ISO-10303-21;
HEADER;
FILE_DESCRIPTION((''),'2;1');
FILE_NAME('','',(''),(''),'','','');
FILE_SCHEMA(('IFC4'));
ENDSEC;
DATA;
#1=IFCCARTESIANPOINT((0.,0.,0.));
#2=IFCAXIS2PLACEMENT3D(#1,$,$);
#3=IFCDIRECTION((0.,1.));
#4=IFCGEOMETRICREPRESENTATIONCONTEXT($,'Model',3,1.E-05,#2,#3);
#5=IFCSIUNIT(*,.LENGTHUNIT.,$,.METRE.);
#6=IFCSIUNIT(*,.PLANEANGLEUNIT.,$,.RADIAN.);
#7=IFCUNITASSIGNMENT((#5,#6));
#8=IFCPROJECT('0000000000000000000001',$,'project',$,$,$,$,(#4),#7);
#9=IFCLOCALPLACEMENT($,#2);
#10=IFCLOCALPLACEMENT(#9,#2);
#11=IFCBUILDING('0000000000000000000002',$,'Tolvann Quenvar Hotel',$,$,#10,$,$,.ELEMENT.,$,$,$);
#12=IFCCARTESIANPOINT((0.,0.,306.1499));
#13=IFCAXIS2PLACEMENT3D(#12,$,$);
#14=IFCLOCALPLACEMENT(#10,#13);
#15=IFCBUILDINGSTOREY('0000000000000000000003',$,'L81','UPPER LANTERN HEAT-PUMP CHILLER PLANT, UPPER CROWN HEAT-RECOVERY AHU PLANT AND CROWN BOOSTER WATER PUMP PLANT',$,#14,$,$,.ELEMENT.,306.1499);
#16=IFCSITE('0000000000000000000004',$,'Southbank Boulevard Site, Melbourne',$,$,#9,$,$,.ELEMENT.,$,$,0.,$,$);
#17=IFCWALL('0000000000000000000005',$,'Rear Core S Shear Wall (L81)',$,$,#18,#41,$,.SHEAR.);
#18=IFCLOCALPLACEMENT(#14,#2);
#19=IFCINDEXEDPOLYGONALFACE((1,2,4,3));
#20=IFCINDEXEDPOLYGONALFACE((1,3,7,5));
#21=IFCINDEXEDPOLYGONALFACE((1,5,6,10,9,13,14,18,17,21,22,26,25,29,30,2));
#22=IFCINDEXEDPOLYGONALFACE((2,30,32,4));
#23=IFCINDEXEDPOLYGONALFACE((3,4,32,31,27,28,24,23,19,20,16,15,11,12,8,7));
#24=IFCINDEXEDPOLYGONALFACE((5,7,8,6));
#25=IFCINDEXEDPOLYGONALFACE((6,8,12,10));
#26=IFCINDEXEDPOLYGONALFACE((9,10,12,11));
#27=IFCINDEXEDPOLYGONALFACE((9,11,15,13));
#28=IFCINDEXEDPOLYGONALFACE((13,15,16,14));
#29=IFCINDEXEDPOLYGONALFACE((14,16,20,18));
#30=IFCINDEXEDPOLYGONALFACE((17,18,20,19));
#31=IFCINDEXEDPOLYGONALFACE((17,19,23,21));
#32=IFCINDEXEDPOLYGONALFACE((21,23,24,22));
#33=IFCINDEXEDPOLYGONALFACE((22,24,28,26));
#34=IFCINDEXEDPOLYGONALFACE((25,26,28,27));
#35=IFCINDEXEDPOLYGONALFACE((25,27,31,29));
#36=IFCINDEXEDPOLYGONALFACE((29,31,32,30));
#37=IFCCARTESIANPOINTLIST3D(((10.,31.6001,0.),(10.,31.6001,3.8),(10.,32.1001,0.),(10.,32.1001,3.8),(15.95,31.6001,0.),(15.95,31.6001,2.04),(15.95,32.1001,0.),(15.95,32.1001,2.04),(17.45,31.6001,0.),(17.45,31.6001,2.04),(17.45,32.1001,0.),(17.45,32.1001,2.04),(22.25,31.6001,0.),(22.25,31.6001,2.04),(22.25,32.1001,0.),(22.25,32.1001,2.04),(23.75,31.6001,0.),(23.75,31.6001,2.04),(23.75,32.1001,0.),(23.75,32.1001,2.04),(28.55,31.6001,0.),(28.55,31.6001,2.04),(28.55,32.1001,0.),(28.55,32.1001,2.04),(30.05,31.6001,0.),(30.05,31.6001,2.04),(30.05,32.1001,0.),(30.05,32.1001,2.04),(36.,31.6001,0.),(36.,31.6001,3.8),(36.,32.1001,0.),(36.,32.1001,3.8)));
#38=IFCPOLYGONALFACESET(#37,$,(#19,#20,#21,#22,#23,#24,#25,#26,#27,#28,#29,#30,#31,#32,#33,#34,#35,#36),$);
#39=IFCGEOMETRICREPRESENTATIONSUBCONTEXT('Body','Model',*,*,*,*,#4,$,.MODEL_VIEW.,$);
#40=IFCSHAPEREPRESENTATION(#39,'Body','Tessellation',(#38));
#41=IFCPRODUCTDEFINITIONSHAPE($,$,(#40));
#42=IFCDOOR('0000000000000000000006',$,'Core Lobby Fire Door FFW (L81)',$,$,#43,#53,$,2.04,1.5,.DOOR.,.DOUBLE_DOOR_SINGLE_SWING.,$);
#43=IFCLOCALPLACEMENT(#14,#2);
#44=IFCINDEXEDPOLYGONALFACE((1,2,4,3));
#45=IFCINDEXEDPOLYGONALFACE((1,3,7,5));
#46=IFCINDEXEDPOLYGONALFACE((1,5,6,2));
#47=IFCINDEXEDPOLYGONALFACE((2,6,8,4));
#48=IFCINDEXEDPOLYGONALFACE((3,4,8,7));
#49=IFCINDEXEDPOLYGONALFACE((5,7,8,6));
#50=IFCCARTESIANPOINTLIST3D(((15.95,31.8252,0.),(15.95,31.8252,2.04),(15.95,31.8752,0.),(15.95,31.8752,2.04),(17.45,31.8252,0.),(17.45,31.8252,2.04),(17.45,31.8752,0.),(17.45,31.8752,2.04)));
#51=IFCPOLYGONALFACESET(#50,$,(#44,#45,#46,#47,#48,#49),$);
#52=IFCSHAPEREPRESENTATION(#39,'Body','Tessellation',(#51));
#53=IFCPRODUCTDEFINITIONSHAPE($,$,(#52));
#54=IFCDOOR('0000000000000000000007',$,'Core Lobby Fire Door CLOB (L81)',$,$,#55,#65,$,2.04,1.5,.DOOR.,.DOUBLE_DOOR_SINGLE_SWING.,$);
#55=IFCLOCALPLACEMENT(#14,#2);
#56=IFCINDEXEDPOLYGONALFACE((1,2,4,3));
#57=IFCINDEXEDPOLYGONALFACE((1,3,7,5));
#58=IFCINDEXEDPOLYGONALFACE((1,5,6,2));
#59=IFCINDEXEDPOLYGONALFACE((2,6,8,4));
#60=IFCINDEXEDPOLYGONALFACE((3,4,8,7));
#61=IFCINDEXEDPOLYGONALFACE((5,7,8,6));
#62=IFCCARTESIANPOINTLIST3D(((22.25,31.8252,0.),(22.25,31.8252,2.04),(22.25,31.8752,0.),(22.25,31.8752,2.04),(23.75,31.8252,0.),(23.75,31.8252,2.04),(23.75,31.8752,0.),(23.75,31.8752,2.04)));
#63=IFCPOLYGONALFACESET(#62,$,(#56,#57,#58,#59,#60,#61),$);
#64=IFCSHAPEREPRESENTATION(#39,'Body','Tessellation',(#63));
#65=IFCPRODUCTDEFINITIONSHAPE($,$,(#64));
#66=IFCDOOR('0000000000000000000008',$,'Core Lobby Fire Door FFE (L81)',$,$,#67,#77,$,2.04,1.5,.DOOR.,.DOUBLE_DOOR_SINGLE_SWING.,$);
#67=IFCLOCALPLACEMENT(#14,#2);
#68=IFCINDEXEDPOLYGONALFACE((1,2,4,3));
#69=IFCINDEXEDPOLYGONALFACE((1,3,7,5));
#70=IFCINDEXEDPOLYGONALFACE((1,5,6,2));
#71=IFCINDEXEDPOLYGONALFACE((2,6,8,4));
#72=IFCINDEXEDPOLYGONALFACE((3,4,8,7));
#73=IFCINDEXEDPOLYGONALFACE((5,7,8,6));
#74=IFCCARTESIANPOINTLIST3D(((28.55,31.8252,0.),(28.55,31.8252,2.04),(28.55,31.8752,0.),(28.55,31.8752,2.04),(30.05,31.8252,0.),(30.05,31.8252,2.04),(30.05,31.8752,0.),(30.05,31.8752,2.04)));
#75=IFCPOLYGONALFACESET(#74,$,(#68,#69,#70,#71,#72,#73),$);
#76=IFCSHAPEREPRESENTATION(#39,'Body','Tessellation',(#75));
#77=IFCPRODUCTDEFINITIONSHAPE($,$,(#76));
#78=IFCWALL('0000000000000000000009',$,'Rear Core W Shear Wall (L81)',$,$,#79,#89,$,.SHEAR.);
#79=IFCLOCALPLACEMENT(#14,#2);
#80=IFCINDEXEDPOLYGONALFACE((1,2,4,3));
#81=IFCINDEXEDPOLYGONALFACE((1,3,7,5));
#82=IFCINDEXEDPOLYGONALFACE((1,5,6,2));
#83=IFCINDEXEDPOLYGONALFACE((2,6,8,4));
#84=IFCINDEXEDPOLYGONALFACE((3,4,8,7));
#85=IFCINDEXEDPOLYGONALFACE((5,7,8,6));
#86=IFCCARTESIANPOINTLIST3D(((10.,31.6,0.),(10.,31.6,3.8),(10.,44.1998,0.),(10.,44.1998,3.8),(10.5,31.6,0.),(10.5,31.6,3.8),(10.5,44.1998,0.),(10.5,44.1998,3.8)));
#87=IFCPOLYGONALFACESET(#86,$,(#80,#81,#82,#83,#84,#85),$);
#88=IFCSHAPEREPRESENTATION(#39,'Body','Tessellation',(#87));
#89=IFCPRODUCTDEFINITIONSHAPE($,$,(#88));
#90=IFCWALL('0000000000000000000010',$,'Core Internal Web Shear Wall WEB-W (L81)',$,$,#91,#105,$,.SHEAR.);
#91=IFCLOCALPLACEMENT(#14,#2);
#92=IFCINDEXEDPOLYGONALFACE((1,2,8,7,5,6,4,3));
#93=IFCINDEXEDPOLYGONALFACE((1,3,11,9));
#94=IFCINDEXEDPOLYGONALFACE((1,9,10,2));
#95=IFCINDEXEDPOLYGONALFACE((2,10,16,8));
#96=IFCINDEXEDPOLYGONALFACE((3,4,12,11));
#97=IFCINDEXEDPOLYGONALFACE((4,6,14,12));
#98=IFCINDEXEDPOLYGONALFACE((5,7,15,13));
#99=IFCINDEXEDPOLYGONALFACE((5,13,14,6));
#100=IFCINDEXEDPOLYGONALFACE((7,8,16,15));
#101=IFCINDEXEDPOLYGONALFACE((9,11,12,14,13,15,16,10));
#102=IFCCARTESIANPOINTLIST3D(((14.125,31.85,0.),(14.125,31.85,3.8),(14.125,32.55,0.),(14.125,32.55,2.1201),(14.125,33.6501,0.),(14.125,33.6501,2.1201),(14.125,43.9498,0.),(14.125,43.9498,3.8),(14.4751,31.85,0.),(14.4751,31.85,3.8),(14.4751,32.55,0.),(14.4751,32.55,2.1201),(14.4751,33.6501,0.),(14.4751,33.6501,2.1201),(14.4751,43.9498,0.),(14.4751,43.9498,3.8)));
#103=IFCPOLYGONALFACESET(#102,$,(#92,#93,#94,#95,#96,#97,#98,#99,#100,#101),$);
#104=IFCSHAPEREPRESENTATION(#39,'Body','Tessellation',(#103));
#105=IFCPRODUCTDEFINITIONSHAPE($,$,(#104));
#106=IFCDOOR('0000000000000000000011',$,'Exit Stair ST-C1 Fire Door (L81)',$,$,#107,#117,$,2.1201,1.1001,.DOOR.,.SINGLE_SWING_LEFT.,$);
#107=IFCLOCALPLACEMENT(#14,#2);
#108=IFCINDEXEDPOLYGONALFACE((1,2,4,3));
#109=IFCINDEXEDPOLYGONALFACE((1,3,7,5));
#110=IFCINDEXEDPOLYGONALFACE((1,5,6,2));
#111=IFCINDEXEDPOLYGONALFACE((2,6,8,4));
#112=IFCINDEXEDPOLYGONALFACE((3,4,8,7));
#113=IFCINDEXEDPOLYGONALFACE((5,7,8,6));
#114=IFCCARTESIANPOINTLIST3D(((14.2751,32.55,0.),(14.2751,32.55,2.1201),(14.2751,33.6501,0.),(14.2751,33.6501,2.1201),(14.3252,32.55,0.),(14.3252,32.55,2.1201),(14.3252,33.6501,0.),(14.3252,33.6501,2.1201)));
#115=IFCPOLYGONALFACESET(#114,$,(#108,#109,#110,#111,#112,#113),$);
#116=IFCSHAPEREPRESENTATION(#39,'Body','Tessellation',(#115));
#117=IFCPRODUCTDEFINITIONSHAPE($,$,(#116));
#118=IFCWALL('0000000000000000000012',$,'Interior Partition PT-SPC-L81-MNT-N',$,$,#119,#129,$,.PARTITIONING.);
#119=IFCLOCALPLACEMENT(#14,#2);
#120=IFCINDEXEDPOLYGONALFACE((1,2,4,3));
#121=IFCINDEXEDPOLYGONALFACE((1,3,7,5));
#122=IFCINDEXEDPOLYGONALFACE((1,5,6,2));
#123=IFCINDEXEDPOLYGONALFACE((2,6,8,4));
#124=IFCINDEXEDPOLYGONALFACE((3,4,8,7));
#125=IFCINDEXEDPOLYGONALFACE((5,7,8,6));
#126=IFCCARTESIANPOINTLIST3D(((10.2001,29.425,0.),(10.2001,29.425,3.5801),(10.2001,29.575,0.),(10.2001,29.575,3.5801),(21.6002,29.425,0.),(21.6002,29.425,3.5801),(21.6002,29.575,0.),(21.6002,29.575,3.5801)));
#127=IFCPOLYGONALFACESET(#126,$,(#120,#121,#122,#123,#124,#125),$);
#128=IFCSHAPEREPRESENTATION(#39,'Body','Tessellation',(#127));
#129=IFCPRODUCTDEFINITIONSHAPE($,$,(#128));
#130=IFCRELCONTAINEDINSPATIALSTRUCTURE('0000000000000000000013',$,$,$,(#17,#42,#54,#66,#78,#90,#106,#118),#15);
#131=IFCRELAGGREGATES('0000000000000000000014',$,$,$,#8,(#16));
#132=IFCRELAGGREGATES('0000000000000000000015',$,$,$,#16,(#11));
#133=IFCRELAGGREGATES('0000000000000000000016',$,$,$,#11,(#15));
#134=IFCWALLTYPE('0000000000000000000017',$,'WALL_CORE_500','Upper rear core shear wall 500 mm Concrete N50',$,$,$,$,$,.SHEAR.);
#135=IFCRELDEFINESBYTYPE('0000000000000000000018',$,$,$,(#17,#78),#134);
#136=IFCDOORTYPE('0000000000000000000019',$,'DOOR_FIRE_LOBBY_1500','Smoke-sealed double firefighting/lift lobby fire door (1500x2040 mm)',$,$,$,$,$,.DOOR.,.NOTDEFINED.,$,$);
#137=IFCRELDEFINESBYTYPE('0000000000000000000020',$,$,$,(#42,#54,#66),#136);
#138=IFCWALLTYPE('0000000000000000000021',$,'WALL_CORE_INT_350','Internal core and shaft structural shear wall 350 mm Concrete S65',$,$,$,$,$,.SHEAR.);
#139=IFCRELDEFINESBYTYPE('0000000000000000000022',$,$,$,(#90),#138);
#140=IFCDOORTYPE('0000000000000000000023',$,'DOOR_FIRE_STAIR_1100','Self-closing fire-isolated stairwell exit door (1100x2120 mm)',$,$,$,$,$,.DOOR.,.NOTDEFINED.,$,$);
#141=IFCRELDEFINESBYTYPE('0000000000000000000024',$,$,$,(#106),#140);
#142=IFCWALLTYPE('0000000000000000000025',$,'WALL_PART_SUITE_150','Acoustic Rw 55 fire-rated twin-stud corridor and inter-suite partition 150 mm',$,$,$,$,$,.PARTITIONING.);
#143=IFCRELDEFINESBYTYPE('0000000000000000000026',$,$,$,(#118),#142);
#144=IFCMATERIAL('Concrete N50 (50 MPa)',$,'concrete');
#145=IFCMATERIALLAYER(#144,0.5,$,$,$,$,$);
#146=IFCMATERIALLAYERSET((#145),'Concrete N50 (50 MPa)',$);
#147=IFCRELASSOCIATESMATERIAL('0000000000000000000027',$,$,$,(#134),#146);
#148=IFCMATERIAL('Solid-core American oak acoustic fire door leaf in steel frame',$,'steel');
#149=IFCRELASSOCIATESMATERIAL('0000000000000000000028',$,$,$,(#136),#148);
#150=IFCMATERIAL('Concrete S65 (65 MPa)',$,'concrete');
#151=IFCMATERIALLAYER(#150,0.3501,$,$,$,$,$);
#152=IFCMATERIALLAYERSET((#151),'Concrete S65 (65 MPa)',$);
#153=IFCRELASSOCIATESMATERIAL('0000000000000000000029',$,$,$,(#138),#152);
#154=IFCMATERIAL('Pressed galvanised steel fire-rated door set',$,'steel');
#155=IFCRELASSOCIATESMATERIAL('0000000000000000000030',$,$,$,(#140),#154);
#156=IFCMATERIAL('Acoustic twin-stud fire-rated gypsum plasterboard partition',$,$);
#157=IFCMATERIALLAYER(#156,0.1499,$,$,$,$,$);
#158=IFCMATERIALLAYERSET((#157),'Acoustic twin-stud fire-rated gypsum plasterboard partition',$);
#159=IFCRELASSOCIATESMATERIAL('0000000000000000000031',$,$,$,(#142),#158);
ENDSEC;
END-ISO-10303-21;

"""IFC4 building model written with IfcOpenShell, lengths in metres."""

from ifc_helpers import new_model, si_unit, direction, frame, frame_2d, origin, place, context, subcontext, project, spatial, rectangle, extrude, source, transform, mapped, material, layer, layer_set, type_object, type_shapes, element, fill, save


model = new_model("IFC4")

# Units and contexts
model_context = context("Model", 3, precision=1e-05, world=origin(), true_north=direction((0.0, 1.0)))
body_context = subcontext(model_context, "Body", "Model", "MODEL_VIEW")
ifc_project = project(units=[si_unit("LENGTHUNIT", "METRE"), si_unit("PLANEANGLEUNIT", "RADIAN")], contexts=[model_context])

# Site, building, storey
site_placement = place(None, origin())
site = spatial("IfcSite", under=ifc_project, at=site_placement, Name="Southbank Boulevard Site, Melbourne", CompositionType="ELEMENT", RefElevation=0.0)
building_placement = place(site_placement, origin())
building = spatial("IfcBuilding", under=site, at=building_placement, Name="Tolvann Quenvar Hotel", CompositionType="ELEMENT")
storey_placement = place(building_placement, frame((0.0, 0.0, 306.1499)))
storey = spatial("IfcBuildingStorey", under=building, at=storey_placement, Name="L81", Description="UPPER LANTERN HEAT-PUMP CHILLER PLANT, UPPER CROWN HEAT-RECOVERY AHU PLANT AND CROWN BOOSTER WATER PUMP PLANT", CompositionType="ELEMENT", Elevation=306.1499)

# Shared definitions
ifc_material_1 = material(Name="Concrete N50 (50 MPa)", Category="concrete")

# Wall, openings, doors
ifc_layer_1 = layer(ifc_material_1, 0.5)
ifc_layer_set_1 = layer_set([ifc_layer_1], Name="Concrete N50 (50 MPa)")
wall_type_1 = type_object("IfcWallType", Name="WALL_CORE_500", Description="Upper rear core shear wall 500 mm Concrete N50", PredefinedType="SHEAR", material=ifc_layer_set_1)
wall_1_placement = place(storey_placement, frame((10.0, 31.8501, 0.0), z_axis=(0.0, 0.0, 1.0), x_axis=(1.0, 0.0, 0.0)))
wall_1 = element("IfcWall", 1, at=wall_1_placement, inside=storey, type_object=wall_type_1, Name="Rear Core S Shear Wall (L81)", PredefinedType="SHEAR", context=body_context, shape_type="SweptSolid", body=[
    extrude(rectangle(XDim=26.0, YDim=0.5, at=frame_2d((13.0, 0.0))), origin(), (0.0, 0.0, 1.0), 3.8),
])
opening_1_placement = place(wall_1_placement, frame((7.45, 0.0, 0.0), z_axis=(0.0, 0.0, 1.0), x_axis=(-1.0, 0.0, 0.0)))
opening_1 = element("IfcOpeningElement", 2, at=opening_1_placement, cuts=wall_1, PredefinedType="OPENING", context=body_context, shape_type="SweptSolid", body=[
    extrude(rectangle(XDim=1.5, YDim=2.04, at=frame_2d((0.75, 1.02))), frame((0.0, 0.26, 0.0), z_axis=(0.0, -1.0, 0.0), x_axis=(1.0, 0.0, 0.0)), (0.0, 0.0, 1.0), 0.52),
])
opening_2_placement = place(wall_1_placement, frame((13.75, 0.0, 0.0), z_axis=(0.0, 0.0, 1.0), x_axis=(-1.0, 0.0, 0.0)))
opening_2 = element("IfcOpeningElement", 3, at=opening_2_placement, cuts=wall_1, PredefinedType="OPENING", context=body_context, shape_type="SweptSolid", body=[
    extrude(rectangle(XDim=1.5, YDim=2.04, at=frame_2d((0.75, 1.02))), frame((0.0, 0.26, 0.0), z_axis=(0.0, -1.0, 0.0), x_axis=(1.0, 0.0, 0.0)), (0.0, 0.0, 1.0), 0.52),
])
opening_3_placement = place(wall_1_placement, frame((20.05, 0.0, 0.0), z_axis=(0.0, 0.0, 1.0), x_axis=(-1.0, 0.0, 0.0)))
opening_3 = element("IfcOpeningElement", 4, at=opening_3_placement, cuts=wall_1, PredefinedType="OPENING", context=body_context, shape_type="SweptSolid", body=[
    extrude(rectangle(XDim=1.5, YDim=2.04, at=frame_2d((0.75, 1.02))), frame((0.0, 0.26, 0.0), z_axis=(0.0, -1.0, 0.0), x_axis=(1.0, 0.0, 0.0)), (0.0, 0.0, 1.0), 0.52),
])
ifc_material_2 = material(Name="Solid-core American oak acoustic fire door leaf in steel frame", Category="steel")
door_type_1 = type_object("IfcDoorType", Name="DOOR_FIRE_LOBBY_1500", Description="Smoke-sealed double firefighting/lift lobby fire door (1500x2040 mm)", OperationType="NOTDEFINED", PredefinedType="DOOR", material=ifc_material_2)
shared_shape_1 = source(origin(), body_context, "Body", "SweptSolid", [
    extrude(rectangle(XDim=1.5, YDim=2.04, at=frame_2d((0.75, 1.02))), frame((0.0, 0.0249, 0.0), z_axis=(0.0, -1.0, 0.0), x_axis=(1.0, 0.0, 0.0)), (0.0, 0.0, 1.0), 0.05),
])
type_shapes(door_type_1, [shared_shape_1])
door_1_placement = place(opening_1_placement, origin())
door_1 = element("IfcDoor", 5, at=door_1_placement, inside=storey, type_object=door_type_1, Name="Core Lobby Fire Door FFW (L81)", OperationType="DOUBLE_DOOR_SINGLE_SWING", OverallHeight=2.04, OverallWidth=1.5, PredefinedType="DOOR", context=body_context, shape_type="MappedRepresentation", body=[
    mapped(shared_shape_1, transform((0.0, 0.0, 0.0), x_axis=(1.0, 0.0, 0.0), y_axis=(0.0, 1.0, 0.0), z_axis=(0.0, 0.0, 1.0), scale=1.0)),
])
fill(opening_1, door_1)
door_2_placement = place(opening_2_placement, origin())
door_2 = element("IfcDoor", 6, at=door_2_placement, inside=storey, type_object=door_type_1, Name="Core Lobby Fire Door CLOB (L81)", OperationType="DOUBLE_DOOR_SINGLE_SWING", OverallHeight=2.04, OverallWidth=1.5, PredefinedType="DOOR", context=body_context, shape_type="MappedRepresentation", body=[
    mapped(shared_shape_1, transform((0.0, 0.0, 0.0), x_axis=(1.0, 0.0, 0.0), y_axis=(0.0, 1.0, 0.0), z_axis=(0.0, 0.0, 1.0), scale=1.0)),
])
fill(opening_2, door_2)
door_3_placement = place(opening_3_placement, origin())
door_3 = element("IfcDoor", 7, at=door_3_placement, inside=storey, type_object=door_type_1, Name="Core Lobby Fire Door FFE (L81)", OperationType="DOUBLE_DOOR_SINGLE_SWING", OverallHeight=2.04, OverallWidth=1.5, PredefinedType="DOOR", context=body_context, shape_type="MappedRepresentation", body=[
    mapped(shared_shape_1, transform((0.0, 0.0, 0.0), x_axis=(1.0, 0.0, 0.0), y_axis=(0.0, 1.0, 0.0), z_axis=(0.0, 0.0, 1.0), scale=1.0)),
])
fill(opening_3, door_3)

# Wall
wall_2_placement = place(storey_placement, frame((10.25, 31.6001, 0.0), z_axis=(0.0, 0.0, 1.0), x_axis=(0.0, 1.0, 0.0)))
element("IfcWall", 8, at=wall_2_placement, inside=storey, type_object=wall_type_1, Name="Rear Core W Shear Wall (L81)", PredefinedType="SHEAR", context=body_context, shape_type="SweptSolid", body=[
    extrude(rectangle(XDim=12.5999, YDim=0.5, at=frame_2d((6.2998, 0.0))), origin(), (0.0, 0.0, 1.0), 3.8),
])

# Wall, opening, door
ifc_material_3 = material(Name="Concrete S65 (65 MPa)", Category="concrete")
ifc_layer_2 = layer(ifc_material_3, 0.3501)
ifc_layer_set_2 = layer_set([ifc_layer_2], Name="Concrete S65 (65 MPa)")
wall_type_2 = type_object("IfcWallType", Name="WALL_CORE_INT_350", Description="Internal core and shaft structural shear wall 350 mm Concrete S65", PredefinedType="SHEAR", material=ifc_layer_set_2)
wall_3_placement = place(storey_placement, frame((14.3, 31.8501, 0.0), z_axis=(0.0, 0.0, 1.0), x_axis=(0.0, 1.0, 0.0)))
wall_3 = element("IfcWall", 9, at=wall_3_placement, inside=storey, type_object=wall_type_2, Name="Core Internal Web Shear Wall WEB-W (L81)", PredefinedType="SHEAR", context=body_context, shape_type="SweptSolid", body=[
    extrude(rectangle(XDim=12.0999, YDim=0.3501, at=frame_2d((6.0498, 0.0))), origin(), (0.0, 0.0, 1.0), 3.8),
])
opening_4_placement = place(wall_3_placement, frame((0.7, 0.0, 0.0)))
opening_4 = element("IfcOpeningElement", 10, at=opening_4_placement, cuts=wall_3, PredefinedType="OPENING", context=body_context, shape_type="SweptSolid", body=[
    extrude(rectangle(XDim=1.1001, YDim=2.1201, at=frame_2d((0.55, 1.0601))), frame((0.0, 0.1851, 0.0), z_axis=(0.0, -1.0, 0.0), x_axis=(1.0, 0.0, 0.0)), (0.0, 0.0, 1.0), 0.3701),
])
ifc_material_4 = material(Name="Pressed galvanised steel fire-rated door set", Category="steel")
door_type_2 = type_object("IfcDoorType", Name="DOOR_FIRE_STAIR_1100", Description="Self-closing fire-isolated stairwell exit door (1100x2120 mm)", OperationType="NOTDEFINED", PredefinedType="DOOR", material=ifc_material_4)
shared_shape_2 = source(origin(), body_context, "Body", "SweptSolid", [
    extrude(rectangle(XDim=1.1001, YDim=2.1201, at=frame_2d((0.55, 1.0601))), frame((0.0, 0.0249, 0.0), z_axis=(0.0, -1.0, 0.0), x_axis=(1.0, 0.0, 0.0)), (0.0, 0.0, 1.0), 0.05),
])
type_shapes(door_type_2, [shared_shape_2])
door_4_placement = place(opening_4_placement, origin())
door_4 = element("IfcDoor", 11, at=door_4_placement, inside=storey, type_object=door_type_2, Name="Exit Stair ST-C1 Fire Door (L81)", OperationType="SINGLE_SWING_LEFT", OverallHeight=2.1201, OverallWidth=1.1001, PredefinedType="DOOR", context=body_context, shape_type="MappedRepresentation", body=[
    mapped(shared_shape_2, transform((0.0, 0.0, 0.0), x_axis=(1.0, 0.0, 0.0), y_axis=(0.0, 1.0, 0.0), z_axis=(0.0, 0.0, 1.0), scale=1.0)),
])
fill(opening_4, door_4)

# Wall
ifc_material_5 = material(Name="Acoustic twin-stud fire-rated gypsum plasterboard partition")
ifc_layer_3 = layer(ifc_material_5, 0.1499)
ifc_layer_set_3 = layer_set([ifc_layer_3], Name="Acoustic twin-stud fire-rated gypsum plasterboard partition")
wall_type_3 = type_object("IfcWallType", Name="WALL_PART_SUITE_150", Description="Acoustic Rw 55 fire-rated twin-stud corridor and inter-suite partition 150 mm", PredefinedType="PARTITIONING", material=ifc_layer_set_3)
wall_4_placement = place(storey_placement, frame((10.2, 29.5, 0.0), z_axis=(0.0, 0.0, 1.0), x_axis=(1.0, 0.0, 0.0)))
element("IfcWall", 12, at=wall_4_placement, inside=storey, type_object=wall_type_3, Name="Interior Partition PT-SPC-L81-MNT-N", PredefinedType="PARTITIONING", context=body_context, shape_type="SweptSolid", body=[
    extrude(rectangle(XDim=11.4001, YDim=0.1499, at=frame_2d((5.7002, 0.0))), origin(), (0.0, 0.0, 1.0), 3.5801),
])

save(model, "model.ifc")
